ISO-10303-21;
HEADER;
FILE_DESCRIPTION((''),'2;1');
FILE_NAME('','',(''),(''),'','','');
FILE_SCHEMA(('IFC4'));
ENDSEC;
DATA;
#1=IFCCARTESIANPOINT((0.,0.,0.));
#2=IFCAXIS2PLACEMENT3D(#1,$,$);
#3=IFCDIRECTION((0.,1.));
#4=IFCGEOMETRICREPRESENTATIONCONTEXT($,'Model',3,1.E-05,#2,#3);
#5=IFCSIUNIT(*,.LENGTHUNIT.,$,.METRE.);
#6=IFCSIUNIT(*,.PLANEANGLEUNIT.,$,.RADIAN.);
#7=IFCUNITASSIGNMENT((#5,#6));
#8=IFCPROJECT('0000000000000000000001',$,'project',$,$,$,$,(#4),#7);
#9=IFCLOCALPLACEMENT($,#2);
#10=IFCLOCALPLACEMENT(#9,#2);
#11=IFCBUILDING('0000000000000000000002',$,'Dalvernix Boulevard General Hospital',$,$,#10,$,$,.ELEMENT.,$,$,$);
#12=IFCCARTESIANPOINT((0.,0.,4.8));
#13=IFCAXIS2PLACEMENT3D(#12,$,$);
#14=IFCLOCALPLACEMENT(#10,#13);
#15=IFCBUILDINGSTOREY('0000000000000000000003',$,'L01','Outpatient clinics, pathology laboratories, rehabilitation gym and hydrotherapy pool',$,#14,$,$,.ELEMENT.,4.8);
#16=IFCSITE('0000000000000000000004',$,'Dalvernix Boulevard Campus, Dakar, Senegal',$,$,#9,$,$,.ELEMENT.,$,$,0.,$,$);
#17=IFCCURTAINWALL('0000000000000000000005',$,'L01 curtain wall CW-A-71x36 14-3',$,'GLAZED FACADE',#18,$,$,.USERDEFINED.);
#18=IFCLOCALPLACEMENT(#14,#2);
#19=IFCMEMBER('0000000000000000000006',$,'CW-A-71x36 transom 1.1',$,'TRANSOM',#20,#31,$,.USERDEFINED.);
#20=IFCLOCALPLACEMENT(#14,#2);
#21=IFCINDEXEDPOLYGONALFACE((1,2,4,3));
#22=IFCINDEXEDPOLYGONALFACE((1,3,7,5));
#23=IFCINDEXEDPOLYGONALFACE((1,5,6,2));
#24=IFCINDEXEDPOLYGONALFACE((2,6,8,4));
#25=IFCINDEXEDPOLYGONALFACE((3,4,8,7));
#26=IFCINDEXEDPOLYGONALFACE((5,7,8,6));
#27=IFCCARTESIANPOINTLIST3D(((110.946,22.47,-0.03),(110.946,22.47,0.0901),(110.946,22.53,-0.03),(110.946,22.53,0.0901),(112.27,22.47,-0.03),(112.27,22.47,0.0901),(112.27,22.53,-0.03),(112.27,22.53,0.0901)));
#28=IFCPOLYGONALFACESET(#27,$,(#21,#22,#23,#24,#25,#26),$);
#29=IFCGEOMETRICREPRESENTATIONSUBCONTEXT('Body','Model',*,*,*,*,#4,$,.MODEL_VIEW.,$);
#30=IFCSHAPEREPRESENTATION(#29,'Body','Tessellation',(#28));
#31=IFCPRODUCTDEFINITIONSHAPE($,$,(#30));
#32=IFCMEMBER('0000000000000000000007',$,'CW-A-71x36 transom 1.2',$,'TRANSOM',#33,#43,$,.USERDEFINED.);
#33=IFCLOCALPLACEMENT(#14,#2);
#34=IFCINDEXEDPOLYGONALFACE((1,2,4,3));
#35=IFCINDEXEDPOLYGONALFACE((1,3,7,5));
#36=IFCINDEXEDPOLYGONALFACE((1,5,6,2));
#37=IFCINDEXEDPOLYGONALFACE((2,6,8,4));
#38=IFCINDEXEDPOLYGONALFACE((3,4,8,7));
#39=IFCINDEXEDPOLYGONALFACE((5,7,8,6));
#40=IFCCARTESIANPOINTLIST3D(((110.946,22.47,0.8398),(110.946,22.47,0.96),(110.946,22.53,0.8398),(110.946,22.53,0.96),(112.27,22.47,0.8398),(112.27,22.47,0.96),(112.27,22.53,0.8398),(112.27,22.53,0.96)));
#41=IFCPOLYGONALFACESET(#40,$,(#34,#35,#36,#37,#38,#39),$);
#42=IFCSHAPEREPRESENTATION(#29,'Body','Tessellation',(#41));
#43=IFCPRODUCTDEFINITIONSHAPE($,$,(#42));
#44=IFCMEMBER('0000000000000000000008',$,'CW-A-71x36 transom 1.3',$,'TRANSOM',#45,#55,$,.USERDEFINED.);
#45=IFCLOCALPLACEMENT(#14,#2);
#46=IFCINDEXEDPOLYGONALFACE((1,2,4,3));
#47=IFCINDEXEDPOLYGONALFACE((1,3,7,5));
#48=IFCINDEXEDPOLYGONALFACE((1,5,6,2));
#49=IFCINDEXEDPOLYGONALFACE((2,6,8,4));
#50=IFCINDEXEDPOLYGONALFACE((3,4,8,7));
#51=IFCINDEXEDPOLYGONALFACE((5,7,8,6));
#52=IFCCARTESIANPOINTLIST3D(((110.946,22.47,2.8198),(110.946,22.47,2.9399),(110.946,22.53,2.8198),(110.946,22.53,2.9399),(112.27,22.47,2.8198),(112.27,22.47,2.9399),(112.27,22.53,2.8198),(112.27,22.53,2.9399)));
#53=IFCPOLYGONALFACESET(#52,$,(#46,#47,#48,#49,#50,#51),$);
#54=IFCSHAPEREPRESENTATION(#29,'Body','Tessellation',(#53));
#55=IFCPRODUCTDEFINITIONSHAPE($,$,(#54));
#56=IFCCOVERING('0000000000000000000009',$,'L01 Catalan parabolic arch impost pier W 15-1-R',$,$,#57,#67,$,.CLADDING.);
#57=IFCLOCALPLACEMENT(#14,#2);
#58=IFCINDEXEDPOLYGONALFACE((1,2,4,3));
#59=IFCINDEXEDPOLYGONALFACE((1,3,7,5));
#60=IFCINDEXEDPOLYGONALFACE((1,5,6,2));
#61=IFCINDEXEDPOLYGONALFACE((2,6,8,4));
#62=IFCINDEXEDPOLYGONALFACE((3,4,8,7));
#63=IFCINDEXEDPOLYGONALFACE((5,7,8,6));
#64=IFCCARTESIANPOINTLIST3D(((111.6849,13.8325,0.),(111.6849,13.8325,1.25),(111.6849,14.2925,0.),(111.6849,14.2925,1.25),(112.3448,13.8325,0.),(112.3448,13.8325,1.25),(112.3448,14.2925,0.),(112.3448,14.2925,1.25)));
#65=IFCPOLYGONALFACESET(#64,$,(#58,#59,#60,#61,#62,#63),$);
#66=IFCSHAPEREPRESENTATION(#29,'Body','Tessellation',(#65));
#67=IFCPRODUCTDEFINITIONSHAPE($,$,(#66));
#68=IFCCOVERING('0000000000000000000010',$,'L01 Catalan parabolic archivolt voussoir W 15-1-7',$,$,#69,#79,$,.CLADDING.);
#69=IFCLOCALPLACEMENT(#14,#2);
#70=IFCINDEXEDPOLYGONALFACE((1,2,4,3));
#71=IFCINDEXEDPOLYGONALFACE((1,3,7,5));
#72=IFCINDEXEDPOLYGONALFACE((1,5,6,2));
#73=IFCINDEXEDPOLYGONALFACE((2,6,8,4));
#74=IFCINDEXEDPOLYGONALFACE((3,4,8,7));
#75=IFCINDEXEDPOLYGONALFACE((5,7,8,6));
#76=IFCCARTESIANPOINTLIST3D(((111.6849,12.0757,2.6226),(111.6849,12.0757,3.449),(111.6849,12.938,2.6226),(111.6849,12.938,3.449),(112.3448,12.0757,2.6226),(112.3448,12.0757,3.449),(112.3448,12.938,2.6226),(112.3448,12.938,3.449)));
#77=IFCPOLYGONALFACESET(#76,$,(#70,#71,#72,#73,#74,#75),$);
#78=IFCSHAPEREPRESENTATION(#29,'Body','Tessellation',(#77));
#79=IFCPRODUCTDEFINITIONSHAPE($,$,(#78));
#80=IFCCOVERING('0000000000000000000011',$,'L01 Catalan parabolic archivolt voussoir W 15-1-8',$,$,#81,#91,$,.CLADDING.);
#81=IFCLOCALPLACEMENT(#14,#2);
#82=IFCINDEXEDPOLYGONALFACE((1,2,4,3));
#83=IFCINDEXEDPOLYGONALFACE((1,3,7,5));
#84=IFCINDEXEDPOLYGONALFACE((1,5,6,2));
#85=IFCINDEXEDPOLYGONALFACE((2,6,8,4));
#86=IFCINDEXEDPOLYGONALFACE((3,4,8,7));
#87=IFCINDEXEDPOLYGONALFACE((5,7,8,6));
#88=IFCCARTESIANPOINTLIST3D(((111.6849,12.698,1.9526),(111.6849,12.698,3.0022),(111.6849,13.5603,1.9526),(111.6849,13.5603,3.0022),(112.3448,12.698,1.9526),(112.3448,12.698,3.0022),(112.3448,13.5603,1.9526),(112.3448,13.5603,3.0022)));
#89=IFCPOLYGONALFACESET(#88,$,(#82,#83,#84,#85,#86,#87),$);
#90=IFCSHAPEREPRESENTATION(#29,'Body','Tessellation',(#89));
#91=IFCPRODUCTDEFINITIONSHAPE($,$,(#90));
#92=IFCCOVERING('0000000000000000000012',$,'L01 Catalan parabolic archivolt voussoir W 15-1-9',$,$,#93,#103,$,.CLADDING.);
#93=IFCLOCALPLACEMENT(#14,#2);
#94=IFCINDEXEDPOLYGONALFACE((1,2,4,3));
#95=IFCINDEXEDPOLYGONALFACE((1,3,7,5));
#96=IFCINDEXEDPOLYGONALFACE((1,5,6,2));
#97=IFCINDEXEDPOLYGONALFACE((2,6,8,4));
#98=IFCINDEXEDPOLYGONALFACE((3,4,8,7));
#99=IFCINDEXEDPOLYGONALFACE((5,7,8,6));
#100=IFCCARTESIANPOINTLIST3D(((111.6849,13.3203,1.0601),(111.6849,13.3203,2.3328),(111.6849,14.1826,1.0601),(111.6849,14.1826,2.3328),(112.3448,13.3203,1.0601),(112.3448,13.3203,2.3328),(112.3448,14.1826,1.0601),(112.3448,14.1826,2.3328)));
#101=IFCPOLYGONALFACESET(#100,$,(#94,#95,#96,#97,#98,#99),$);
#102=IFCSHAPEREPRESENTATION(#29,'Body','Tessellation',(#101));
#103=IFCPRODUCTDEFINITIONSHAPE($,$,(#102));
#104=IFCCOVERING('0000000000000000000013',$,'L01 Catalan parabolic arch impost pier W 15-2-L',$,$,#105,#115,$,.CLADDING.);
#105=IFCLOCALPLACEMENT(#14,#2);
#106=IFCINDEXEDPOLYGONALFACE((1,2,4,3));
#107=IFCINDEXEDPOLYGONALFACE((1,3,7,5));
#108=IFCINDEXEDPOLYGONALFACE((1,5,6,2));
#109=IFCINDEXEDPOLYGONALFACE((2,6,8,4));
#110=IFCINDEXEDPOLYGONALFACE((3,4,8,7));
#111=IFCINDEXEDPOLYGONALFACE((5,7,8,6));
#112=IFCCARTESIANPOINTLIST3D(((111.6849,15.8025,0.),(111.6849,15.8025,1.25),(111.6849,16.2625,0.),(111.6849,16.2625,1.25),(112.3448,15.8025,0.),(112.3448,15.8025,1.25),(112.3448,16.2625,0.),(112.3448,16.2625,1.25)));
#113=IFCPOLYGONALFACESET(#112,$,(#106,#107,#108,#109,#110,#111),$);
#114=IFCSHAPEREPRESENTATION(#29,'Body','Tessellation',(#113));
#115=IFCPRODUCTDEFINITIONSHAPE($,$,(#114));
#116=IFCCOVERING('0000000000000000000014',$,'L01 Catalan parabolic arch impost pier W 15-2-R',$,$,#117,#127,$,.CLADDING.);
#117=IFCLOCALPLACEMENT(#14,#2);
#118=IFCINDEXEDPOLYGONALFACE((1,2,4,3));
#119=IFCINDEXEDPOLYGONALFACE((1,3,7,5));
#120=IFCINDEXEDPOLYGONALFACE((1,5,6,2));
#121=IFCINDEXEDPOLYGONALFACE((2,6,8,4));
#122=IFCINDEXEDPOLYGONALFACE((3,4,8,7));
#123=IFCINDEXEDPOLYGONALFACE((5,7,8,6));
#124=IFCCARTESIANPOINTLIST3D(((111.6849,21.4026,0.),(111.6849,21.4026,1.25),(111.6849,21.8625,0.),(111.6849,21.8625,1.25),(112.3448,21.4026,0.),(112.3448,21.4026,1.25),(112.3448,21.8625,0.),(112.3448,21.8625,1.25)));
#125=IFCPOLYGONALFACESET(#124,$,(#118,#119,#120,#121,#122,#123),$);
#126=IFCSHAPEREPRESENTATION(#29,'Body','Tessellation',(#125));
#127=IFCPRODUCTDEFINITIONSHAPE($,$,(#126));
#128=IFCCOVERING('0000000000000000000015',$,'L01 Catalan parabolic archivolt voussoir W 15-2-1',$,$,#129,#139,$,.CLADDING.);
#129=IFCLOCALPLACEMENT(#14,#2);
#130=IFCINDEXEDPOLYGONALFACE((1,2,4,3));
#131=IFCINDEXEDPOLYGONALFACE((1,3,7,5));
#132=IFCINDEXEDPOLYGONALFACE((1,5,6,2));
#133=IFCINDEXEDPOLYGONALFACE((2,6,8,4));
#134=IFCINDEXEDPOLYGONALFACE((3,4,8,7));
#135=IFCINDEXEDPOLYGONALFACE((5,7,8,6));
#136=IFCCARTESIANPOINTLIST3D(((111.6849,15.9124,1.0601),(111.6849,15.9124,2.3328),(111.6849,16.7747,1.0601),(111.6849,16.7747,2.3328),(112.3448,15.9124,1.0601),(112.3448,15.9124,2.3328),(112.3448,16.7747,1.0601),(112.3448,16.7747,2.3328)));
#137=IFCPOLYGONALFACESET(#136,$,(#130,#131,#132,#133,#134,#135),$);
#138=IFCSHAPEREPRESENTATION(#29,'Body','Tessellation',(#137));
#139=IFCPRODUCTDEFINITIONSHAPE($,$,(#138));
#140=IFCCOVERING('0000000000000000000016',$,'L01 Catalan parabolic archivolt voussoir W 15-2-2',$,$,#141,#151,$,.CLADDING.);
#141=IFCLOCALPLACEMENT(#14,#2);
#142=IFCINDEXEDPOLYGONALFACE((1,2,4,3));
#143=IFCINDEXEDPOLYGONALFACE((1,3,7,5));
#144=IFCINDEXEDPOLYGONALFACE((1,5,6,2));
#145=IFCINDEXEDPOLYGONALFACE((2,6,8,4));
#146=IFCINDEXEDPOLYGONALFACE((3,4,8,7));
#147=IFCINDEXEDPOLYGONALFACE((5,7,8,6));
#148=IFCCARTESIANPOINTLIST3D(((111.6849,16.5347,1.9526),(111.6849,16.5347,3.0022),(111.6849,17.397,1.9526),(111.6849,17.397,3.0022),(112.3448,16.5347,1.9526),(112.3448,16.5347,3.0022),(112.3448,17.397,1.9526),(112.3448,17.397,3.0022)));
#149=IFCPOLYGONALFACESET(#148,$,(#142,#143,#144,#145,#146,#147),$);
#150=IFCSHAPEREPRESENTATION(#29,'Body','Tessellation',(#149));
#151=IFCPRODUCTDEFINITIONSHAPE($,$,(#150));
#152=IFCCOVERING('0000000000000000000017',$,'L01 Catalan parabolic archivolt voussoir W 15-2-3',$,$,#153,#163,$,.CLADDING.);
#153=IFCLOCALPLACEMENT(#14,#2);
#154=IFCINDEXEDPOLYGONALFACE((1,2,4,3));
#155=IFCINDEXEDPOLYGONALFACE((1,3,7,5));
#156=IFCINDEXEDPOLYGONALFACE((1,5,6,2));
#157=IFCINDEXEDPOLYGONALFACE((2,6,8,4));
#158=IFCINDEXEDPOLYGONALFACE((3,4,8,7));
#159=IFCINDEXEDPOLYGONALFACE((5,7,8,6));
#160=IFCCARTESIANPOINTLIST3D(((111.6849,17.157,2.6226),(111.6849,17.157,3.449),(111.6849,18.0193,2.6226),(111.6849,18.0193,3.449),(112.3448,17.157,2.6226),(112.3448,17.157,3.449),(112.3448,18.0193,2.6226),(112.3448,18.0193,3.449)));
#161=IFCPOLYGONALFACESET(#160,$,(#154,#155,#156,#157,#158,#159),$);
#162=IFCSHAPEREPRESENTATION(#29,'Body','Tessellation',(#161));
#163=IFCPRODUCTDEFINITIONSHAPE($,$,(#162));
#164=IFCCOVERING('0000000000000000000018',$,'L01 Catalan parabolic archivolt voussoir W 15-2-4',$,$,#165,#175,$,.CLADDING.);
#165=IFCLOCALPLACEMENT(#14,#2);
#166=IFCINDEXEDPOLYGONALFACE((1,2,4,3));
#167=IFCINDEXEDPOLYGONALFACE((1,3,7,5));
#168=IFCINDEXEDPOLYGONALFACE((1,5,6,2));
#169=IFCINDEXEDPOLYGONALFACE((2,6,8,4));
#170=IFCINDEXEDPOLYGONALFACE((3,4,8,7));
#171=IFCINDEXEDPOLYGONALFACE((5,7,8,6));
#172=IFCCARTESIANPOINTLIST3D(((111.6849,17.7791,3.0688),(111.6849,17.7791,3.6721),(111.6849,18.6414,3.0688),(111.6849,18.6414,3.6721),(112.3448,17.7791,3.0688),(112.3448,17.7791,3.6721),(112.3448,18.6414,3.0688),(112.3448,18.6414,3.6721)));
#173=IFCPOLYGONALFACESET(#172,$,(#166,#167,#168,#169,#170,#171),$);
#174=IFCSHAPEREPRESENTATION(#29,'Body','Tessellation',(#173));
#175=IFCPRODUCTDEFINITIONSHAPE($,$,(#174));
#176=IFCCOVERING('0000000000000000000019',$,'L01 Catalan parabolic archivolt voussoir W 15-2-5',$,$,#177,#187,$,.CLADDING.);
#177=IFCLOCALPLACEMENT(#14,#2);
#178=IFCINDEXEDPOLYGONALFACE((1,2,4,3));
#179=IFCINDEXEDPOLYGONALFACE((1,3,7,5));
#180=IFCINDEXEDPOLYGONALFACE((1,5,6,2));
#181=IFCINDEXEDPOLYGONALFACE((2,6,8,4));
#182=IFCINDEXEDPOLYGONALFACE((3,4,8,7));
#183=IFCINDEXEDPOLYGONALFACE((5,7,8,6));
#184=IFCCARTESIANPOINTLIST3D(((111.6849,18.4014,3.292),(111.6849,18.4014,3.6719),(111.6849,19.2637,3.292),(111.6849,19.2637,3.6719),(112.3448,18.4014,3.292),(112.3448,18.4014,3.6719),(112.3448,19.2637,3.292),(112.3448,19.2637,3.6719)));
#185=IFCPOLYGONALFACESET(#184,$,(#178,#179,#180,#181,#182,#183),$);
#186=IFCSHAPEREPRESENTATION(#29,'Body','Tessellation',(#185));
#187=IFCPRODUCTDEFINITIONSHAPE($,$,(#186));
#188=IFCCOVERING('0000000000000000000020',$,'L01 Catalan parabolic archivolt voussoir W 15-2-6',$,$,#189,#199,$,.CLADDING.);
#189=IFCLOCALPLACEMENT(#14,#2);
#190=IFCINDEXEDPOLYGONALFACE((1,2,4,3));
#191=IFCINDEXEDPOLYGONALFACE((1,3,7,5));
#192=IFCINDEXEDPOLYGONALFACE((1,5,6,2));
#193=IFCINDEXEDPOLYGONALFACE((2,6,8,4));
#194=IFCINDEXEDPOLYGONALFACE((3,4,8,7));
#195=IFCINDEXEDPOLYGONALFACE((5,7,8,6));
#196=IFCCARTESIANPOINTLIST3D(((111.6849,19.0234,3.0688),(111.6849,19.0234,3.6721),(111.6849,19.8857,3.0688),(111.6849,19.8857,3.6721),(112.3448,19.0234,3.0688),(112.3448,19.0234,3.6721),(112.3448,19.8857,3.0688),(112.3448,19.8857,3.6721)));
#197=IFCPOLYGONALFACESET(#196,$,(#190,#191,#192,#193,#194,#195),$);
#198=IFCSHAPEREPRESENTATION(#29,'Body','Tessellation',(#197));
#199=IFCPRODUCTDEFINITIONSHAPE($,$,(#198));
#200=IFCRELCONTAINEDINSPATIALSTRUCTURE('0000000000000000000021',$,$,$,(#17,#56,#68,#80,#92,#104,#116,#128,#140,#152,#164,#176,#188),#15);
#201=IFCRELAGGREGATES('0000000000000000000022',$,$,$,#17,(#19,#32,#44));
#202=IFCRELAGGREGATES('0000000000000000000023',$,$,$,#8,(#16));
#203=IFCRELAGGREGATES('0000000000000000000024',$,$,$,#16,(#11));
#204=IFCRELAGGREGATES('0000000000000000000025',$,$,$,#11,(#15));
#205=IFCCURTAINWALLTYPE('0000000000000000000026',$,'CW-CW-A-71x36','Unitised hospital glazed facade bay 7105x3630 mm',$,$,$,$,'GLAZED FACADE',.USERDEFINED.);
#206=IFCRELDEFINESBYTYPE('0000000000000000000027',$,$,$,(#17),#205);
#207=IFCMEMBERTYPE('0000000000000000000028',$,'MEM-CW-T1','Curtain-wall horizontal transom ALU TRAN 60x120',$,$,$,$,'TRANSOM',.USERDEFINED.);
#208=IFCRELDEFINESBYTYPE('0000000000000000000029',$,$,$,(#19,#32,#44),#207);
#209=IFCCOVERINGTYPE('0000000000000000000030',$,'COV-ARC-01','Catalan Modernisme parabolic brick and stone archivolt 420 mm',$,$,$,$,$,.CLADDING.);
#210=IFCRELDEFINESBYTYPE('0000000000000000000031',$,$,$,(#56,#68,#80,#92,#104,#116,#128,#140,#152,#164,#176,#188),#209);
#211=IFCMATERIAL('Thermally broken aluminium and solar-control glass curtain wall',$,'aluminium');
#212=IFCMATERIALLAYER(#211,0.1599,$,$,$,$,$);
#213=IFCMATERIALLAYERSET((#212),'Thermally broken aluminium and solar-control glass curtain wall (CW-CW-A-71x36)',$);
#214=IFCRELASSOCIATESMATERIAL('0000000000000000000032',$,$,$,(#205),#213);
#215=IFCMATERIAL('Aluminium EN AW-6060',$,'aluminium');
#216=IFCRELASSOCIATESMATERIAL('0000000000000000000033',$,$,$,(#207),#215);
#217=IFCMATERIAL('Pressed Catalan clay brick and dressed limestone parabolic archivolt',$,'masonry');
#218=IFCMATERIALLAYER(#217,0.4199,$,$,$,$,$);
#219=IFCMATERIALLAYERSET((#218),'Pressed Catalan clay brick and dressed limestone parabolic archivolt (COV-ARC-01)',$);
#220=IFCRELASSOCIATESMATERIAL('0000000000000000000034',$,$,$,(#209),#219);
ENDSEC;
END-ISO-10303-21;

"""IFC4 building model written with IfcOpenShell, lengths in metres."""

from ifc_helpers import new_model, si_unit, direction, frame, origin, origin_2d, place, context, subcontext, project, spatial, rectangle, extrude, material, layer, layer_set, material_profile, profile_set, type_object, element, aggregate, save


model = new_model("IFC4")

# Units and contexts
model_context = context("Model", 3, precision=1e-05, world=origin(), true_north=direction((0.0, 1.0)))
body_context = subcontext(model_context, "Body", "Model", "MODEL_VIEW")
ifc_project = project(units=[si_unit("LENGTHUNIT", "METRE"), si_unit("PLANEANGLEUNIT", "RADIAN")], contexts=[model_context])

# Site, building, storey
site_placement = place(None, origin())
site = spatial("IfcSite", under=ifc_project, at=site_placement, Name="Dalvernix Boulevard Campus, Dakar, Senegal", CompositionType="ELEMENT", RefElevation=0.0)
building_placement = place(site_placement, origin())
building = spatial("IfcBuilding", under=site, at=building_placement, Name="Dalvernix Boulevard General Hospital", CompositionType="ELEMENT")
storey_placement = place(building_placement, frame((0.0, 0.0, 4.8)))
storey = spatial("IfcBuildingStorey", under=building, at=storey_placement, Name="L01", Description="Outpatient clinics, pathology laboratories, rehabilitation gym and hydrotherapy pool", CompositionType="ELEMENT", Elevation=4.8)

# Curtain wall, members
ifc_material_1 = material(Name="Thermally broken aluminium and solar-control glass curtain wall", Category="aluminium")
ifc_layer_1 = layer(ifc_material_1, 0.1599)
ifc_layer_set_1 = layer_set([ifc_layer_1], Name="Thermally broken aluminium and solar-control glass curtain wall (CW-CW-A-71x36)")
curtain_wall_type = type_object("IfcCurtainWallType", Name="CW-CW-A-71x36", Description="Unitised hospital glazed facade bay 7105x3630 mm", ElementType="GLAZED FACADE", PredefinedType="USERDEFINED", material=ifc_layer_set_1)
curtain_wall_placement = place(storey_placement, origin())
curtain_wall = element("IfcCurtainWall", 1, at=curtain_wall_placement, inside=storey, type_object=curtain_wall_type, Name="L01 curtain wall CW-A-71x36 14-3", ObjectType="GLAZED FACADE", PredefinedType="USERDEFINED")
ifc_material_2 = material(Name="Aluminium EN AW-6060", Category="aluminium")
ifc_material_profile = material_profile(ifc_material_2, rectangle(XDim=0.0601, YDim=0.1201, at=origin_2d()), Name="ALU TRAN 60x120")
ifc_profile_set = profile_set([ifc_material_profile], Name="Aluminium EN AW-6060")
member_type = type_object("IfcMemberType", Name="MEM-CW-T1", Description="Curtain-wall horizontal transom ALU TRAN 60x120", ElementType="TRANSOM", PredefinedType="USERDEFINED", material=ifc_profile_set)
member_1_placement = place(storey_placement, frame((112.27, 22.5, 0.03), z_axis=(-1.0, 0.0, 0.0), x_axis=(0.0, -1.0, 0.0)))
member_1 = element("IfcMember", 2, at=member_1_placement, type_object=member_type, Name="CW-A-71x36 transom 1.1", ObjectType="TRANSOM", PredefinedType="USERDEFINED", context=body_context, shape_type="SweptSolid", body=[
    extrude(rectangle(XDim=0.0601, YDim=0.1201, at=origin_2d()), origin(), (0.0, 0.0, 1.0), 1.324),
])
member_2_placement = place(storey_placement, frame((112.27, 22.5, 0.8999), z_axis=(-1.0, 0.0, 0.0), x_axis=(0.0, -1.0, 0.0)))
member_2 = element("IfcMember", 3, at=member_2_placement, type_object=member_type, Name="CW-A-71x36 transom 1.2", ObjectType="TRANSOM", PredefinedType="USERDEFINED", context=body_context, shape_type="SweptSolid", body=[
    extrude(rectangle(XDim=0.0601, YDim=0.1201, at=origin_2d()), origin(), (0.0, 0.0, 1.0), 1.324),
])
member_3_placement = place(storey_placement, frame((112.27, 22.5, 2.8799), z_axis=(-1.0, 0.0, 0.0), x_axis=(0.0, -1.0, 0.0)))
member_3 = element("IfcMember", 4, at=member_3_placement, type_object=member_type, Name="CW-A-71x36 transom 1.3", ObjectType="TRANSOM", PredefinedType="USERDEFINED", context=body_context, shape_type="SweptSolid", body=[
    extrude(rectangle(XDim=0.0601, YDim=0.1201, at=origin_2d()), origin(), (0.0, 0.0, 1.0), 1.324),
])
aggregate(curtain_wall, [member_1, member_2, member_3])

# Coverings
ifc_material_3 = material(Name="Pressed Catalan clay brick and dressed limestone parabolic archivolt", Category="masonry")
ifc_layer_2 = layer(ifc_material_3, 0.4199)
ifc_layer_set_2 = layer_set([ifc_layer_2], Name="Pressed Catalan clay brick and dressed limestone parabolic archivolt (COV-ARC-01)")
covering_type_1 = type_object("IfcCoveringType", Name="COV-ARC-01", Description="Catalan Modernisme parabolic brick and stone archivolt 420 mm", PredefinedType="CLADDING", material=ifc_layer_set_2)
covering_1_placement = place(storey_placement, frame((112.0149, 14.0625, 0.0), z_axis=(0.0, 0.0, 1.0), x_axis=(0.0, 1.0, 0.0)))
element("IfcCovering", 5, at=covering_1_placement, inside=storey, type_object=covering_type_1, Name="L01 Catalan parabolic arch impost pier W 15-1-R", PredefinedType="CLADDING", context=body_context, shape_type="SweptSolid", body=[
    extrude(rectangle(XDim=0.46, YDim=0.6599, at=origin_2d()), origin(), (0.0, 0.0, 1.0), 1.25),
])
covering_2_placement = place(storey_placement, frame((112.0149, 12.5068, 2.6226), z_axis=(0.0, 0.0, 1.0), x_axis=(0.0, 1.0, 0.0)))
element("IfcCovering", 6, at=covering_2_placement, inside=storey, type_object=covering_type_1, Name="L01 Catalan parabolic archivolt voussoir W 15-1-7", PredefinedType="CLADDING", context=body_context, shape_type="SweptSolid", body=[
    extrude(rectangle(XDim=0.8623, YDim=0.6599, at=origin_2d()), origin(), (0.0, 0.0, 1.0), 0.8264),
])
covering_3_placement = place(storey_placement, frame((112.0149, 13.1292, 1.9526), z_axis=(0.0, 0.0, 1.0), x_axis=(0.0, 1.0, 0.0)))
element("IfcCovering", 7, at=covering_3_placement, inside=storey, type_object=covering_type_1, Name="L01 Catalan parabolic archivolt voussoir W 15-1-8", PredefinedType="CLADDING", context=body_context, shape_type="SweptSolid", body=[
    extrude(rectangle(XDim=0.8623, YDim=0.6599, at=origin_2d()), origin(), (0.0, 0.0, 1.0), 1.0496),
])
covering_4_placement = place(storey_placement, frame((112.0149, 13.7515, 1.0601), z_axis=(0.0, 0.0, 1.0), x_axis=(0.0, 1.0, 0.0)))
element("IfcCovering", 8, at=covering_4_placement, inside=storey, type_object=covering_type_1, Name="L01 Catalan parabolic archivolt voussoir W 15-1-9", PredefinedType="CLADDING", context=body_context, shape_type="SweptSolid", body=[
    extrude(rectangle(XDim=0.8623, YDim=0.6599, at=origin_2d()), origin(), (0.0, 0.0, 1.0), 1.2727),
])
for number, where, z_axis, x_axis, name in (
    (9, (112.0149, 16.0325, 0.0), (0.0, 0.0, 1.0), (0.0, 1.0, 0.0), "L01 Catalan parabolic arch impost pier W 15-2-L"),
    (10, (112.0149, 21.6326, 0.0), (0.0, 0.0, 1.0), (0.0, 1.0, 0.0), "L01 Catalan parabolic arch impost pier W 15-2-R"),
):
    element("IfcCovering", number, at=place(storey_placement, frame(where, z_axis=z_axis, x_axis=x_axis)), inside=storey, type_object=covering_type_1, Name=name, PredefinedType="CLADDING", context=body_context, shape_type="SweptSolid", body=[
        extrude(rectangle(XDim=0.46, YDim=0.6599, at=origin_2d()), origin(), (0.0, 0.0, 1.0), 1.25),
    ])
covering_5_placement = place(storey_placement, frame((112.0149, 16.3435, 1.0601), z_axis=(0.0, 0.0, 1.0), x_axis=(0.0, 1.0, 0.0)))
element("IfcCovering", 11, at=covering_5_placement, inside=storey, type_object=covering_type_1, Name="L01 Catalan parabolic archivolt voussoir W 15-2-1", PredefinedType="CLADDING", context=body_context, shape_type="SweptSolid", body=[
    extrude(rectangle(XDim=0.8623, YDim=0.6599, at=origin_2d()), origin(), (0.0, 0.0, 1.0), 1.2727),
])
covering_6_placement = place(storey_placement, frame((112.0149, 16.9658, 1.9526), z_axis=(0.0, 0.0, 1.0), x_axis=(0.0, 1.0, 0.0)))
element("IfcCovering", 12, at=covering_6_placement, inside=storey, type_object=covering_type_1, Name="L01 Catalan parabolic archivolt voussoir W 15-2-2", PredefinedType="CLADDING", context=body_context, shape_type="SweptSolid", body=[
    extrude(rectangle(XDim=0.8623, YDim=0.6599, at=origin_2d()), origin(), (0.0, 0.0, 1.0), 1.0496),
])
covering_7_placement = place(storey_placement, frame((112.0149, 17.5881, 2.6226), z_axis=(0.0, 0.0, 1.0), x_axis=(0.0, 1.0, 0.0)))
element("IfcCovering", 13, at=covering_7_placement, inside=storey, type_object=covering_type_1, Name="L01 Catalan parabolic archivolt voussoir W 15-2-3", PredefinedType="CLADDING", context=body_context, shape_type="SweptSolid", body=[
    extrude(rectangle(XDim=0.8623, YDim=0.6599, at=origin_2d()), origin(), (0.0, 0.0, 1.0), 0.8264),
])
covering_8_placement = place(storey_placement, frame((112.0149, 18.2102, 3.0688), z_axis=(0.0, 0.0, 1.0), x_axis=(0.0, 1.0, 0.0)))
element("IfcCovering", 14, at=covering_8_placement, inside=storey, type_object=covering_type_1, Name="L01 Catalan parabolic archivolt voussoir W 15-2-4", PredefinedType="CLADDING", context=body_context, shape_type="SweptSolid", body=[
    extrude(rectangle(XDim=0.8623, YDim=0.6599, at=origin_2d()), origin(), (0.0, 0.0, 1.0), 0.6033),
])
covering_9_placement = place(storey_placement, frame((112.0149, 18.8325, 3.292), z_axis=(0.0, 0.0, 1.0), x_axis=(0.0, 1.0, 0.0)))
element("IfcCovering", 15, at=covering_9_placement, inside=storey, type_object=covering_type_1, Name="L01 Catalan parabolic archivolt voussoir W 15-2-5", PredefinedType="CLADDING", context=body_context, shape_type="SweptSolid", body=[
    extrude(rectangle(XDim=0.8623, YDim=0.6599, at=origin_2d()), origin(), (0.0, 0.0, 1.0), 0.3799),
])
covering_10_placement = place(storey_placement, frame((112.0149, 19.4546, 3.0688), z_axis=(0.0, 0.0, 1.0), x_axis=(0.0, 1.0, 0.0)))
element("IfcCovering", 16, at=covering_10_placement, inside=storey, type_object=covering_type_1, Name="L01 Catalan parabolic archivolt voussoir W 15-2-6", PredefinedType="CLADDING", context=body_context, shape_type="SweptSolid", body=[
    extrude(rectangle(XDim=0.8623, YDim=0.6599, at=origin_2d()), origin(), (0.0, 0.0, 1.0), 0.6033),
])

save(model, "model.ifc")
